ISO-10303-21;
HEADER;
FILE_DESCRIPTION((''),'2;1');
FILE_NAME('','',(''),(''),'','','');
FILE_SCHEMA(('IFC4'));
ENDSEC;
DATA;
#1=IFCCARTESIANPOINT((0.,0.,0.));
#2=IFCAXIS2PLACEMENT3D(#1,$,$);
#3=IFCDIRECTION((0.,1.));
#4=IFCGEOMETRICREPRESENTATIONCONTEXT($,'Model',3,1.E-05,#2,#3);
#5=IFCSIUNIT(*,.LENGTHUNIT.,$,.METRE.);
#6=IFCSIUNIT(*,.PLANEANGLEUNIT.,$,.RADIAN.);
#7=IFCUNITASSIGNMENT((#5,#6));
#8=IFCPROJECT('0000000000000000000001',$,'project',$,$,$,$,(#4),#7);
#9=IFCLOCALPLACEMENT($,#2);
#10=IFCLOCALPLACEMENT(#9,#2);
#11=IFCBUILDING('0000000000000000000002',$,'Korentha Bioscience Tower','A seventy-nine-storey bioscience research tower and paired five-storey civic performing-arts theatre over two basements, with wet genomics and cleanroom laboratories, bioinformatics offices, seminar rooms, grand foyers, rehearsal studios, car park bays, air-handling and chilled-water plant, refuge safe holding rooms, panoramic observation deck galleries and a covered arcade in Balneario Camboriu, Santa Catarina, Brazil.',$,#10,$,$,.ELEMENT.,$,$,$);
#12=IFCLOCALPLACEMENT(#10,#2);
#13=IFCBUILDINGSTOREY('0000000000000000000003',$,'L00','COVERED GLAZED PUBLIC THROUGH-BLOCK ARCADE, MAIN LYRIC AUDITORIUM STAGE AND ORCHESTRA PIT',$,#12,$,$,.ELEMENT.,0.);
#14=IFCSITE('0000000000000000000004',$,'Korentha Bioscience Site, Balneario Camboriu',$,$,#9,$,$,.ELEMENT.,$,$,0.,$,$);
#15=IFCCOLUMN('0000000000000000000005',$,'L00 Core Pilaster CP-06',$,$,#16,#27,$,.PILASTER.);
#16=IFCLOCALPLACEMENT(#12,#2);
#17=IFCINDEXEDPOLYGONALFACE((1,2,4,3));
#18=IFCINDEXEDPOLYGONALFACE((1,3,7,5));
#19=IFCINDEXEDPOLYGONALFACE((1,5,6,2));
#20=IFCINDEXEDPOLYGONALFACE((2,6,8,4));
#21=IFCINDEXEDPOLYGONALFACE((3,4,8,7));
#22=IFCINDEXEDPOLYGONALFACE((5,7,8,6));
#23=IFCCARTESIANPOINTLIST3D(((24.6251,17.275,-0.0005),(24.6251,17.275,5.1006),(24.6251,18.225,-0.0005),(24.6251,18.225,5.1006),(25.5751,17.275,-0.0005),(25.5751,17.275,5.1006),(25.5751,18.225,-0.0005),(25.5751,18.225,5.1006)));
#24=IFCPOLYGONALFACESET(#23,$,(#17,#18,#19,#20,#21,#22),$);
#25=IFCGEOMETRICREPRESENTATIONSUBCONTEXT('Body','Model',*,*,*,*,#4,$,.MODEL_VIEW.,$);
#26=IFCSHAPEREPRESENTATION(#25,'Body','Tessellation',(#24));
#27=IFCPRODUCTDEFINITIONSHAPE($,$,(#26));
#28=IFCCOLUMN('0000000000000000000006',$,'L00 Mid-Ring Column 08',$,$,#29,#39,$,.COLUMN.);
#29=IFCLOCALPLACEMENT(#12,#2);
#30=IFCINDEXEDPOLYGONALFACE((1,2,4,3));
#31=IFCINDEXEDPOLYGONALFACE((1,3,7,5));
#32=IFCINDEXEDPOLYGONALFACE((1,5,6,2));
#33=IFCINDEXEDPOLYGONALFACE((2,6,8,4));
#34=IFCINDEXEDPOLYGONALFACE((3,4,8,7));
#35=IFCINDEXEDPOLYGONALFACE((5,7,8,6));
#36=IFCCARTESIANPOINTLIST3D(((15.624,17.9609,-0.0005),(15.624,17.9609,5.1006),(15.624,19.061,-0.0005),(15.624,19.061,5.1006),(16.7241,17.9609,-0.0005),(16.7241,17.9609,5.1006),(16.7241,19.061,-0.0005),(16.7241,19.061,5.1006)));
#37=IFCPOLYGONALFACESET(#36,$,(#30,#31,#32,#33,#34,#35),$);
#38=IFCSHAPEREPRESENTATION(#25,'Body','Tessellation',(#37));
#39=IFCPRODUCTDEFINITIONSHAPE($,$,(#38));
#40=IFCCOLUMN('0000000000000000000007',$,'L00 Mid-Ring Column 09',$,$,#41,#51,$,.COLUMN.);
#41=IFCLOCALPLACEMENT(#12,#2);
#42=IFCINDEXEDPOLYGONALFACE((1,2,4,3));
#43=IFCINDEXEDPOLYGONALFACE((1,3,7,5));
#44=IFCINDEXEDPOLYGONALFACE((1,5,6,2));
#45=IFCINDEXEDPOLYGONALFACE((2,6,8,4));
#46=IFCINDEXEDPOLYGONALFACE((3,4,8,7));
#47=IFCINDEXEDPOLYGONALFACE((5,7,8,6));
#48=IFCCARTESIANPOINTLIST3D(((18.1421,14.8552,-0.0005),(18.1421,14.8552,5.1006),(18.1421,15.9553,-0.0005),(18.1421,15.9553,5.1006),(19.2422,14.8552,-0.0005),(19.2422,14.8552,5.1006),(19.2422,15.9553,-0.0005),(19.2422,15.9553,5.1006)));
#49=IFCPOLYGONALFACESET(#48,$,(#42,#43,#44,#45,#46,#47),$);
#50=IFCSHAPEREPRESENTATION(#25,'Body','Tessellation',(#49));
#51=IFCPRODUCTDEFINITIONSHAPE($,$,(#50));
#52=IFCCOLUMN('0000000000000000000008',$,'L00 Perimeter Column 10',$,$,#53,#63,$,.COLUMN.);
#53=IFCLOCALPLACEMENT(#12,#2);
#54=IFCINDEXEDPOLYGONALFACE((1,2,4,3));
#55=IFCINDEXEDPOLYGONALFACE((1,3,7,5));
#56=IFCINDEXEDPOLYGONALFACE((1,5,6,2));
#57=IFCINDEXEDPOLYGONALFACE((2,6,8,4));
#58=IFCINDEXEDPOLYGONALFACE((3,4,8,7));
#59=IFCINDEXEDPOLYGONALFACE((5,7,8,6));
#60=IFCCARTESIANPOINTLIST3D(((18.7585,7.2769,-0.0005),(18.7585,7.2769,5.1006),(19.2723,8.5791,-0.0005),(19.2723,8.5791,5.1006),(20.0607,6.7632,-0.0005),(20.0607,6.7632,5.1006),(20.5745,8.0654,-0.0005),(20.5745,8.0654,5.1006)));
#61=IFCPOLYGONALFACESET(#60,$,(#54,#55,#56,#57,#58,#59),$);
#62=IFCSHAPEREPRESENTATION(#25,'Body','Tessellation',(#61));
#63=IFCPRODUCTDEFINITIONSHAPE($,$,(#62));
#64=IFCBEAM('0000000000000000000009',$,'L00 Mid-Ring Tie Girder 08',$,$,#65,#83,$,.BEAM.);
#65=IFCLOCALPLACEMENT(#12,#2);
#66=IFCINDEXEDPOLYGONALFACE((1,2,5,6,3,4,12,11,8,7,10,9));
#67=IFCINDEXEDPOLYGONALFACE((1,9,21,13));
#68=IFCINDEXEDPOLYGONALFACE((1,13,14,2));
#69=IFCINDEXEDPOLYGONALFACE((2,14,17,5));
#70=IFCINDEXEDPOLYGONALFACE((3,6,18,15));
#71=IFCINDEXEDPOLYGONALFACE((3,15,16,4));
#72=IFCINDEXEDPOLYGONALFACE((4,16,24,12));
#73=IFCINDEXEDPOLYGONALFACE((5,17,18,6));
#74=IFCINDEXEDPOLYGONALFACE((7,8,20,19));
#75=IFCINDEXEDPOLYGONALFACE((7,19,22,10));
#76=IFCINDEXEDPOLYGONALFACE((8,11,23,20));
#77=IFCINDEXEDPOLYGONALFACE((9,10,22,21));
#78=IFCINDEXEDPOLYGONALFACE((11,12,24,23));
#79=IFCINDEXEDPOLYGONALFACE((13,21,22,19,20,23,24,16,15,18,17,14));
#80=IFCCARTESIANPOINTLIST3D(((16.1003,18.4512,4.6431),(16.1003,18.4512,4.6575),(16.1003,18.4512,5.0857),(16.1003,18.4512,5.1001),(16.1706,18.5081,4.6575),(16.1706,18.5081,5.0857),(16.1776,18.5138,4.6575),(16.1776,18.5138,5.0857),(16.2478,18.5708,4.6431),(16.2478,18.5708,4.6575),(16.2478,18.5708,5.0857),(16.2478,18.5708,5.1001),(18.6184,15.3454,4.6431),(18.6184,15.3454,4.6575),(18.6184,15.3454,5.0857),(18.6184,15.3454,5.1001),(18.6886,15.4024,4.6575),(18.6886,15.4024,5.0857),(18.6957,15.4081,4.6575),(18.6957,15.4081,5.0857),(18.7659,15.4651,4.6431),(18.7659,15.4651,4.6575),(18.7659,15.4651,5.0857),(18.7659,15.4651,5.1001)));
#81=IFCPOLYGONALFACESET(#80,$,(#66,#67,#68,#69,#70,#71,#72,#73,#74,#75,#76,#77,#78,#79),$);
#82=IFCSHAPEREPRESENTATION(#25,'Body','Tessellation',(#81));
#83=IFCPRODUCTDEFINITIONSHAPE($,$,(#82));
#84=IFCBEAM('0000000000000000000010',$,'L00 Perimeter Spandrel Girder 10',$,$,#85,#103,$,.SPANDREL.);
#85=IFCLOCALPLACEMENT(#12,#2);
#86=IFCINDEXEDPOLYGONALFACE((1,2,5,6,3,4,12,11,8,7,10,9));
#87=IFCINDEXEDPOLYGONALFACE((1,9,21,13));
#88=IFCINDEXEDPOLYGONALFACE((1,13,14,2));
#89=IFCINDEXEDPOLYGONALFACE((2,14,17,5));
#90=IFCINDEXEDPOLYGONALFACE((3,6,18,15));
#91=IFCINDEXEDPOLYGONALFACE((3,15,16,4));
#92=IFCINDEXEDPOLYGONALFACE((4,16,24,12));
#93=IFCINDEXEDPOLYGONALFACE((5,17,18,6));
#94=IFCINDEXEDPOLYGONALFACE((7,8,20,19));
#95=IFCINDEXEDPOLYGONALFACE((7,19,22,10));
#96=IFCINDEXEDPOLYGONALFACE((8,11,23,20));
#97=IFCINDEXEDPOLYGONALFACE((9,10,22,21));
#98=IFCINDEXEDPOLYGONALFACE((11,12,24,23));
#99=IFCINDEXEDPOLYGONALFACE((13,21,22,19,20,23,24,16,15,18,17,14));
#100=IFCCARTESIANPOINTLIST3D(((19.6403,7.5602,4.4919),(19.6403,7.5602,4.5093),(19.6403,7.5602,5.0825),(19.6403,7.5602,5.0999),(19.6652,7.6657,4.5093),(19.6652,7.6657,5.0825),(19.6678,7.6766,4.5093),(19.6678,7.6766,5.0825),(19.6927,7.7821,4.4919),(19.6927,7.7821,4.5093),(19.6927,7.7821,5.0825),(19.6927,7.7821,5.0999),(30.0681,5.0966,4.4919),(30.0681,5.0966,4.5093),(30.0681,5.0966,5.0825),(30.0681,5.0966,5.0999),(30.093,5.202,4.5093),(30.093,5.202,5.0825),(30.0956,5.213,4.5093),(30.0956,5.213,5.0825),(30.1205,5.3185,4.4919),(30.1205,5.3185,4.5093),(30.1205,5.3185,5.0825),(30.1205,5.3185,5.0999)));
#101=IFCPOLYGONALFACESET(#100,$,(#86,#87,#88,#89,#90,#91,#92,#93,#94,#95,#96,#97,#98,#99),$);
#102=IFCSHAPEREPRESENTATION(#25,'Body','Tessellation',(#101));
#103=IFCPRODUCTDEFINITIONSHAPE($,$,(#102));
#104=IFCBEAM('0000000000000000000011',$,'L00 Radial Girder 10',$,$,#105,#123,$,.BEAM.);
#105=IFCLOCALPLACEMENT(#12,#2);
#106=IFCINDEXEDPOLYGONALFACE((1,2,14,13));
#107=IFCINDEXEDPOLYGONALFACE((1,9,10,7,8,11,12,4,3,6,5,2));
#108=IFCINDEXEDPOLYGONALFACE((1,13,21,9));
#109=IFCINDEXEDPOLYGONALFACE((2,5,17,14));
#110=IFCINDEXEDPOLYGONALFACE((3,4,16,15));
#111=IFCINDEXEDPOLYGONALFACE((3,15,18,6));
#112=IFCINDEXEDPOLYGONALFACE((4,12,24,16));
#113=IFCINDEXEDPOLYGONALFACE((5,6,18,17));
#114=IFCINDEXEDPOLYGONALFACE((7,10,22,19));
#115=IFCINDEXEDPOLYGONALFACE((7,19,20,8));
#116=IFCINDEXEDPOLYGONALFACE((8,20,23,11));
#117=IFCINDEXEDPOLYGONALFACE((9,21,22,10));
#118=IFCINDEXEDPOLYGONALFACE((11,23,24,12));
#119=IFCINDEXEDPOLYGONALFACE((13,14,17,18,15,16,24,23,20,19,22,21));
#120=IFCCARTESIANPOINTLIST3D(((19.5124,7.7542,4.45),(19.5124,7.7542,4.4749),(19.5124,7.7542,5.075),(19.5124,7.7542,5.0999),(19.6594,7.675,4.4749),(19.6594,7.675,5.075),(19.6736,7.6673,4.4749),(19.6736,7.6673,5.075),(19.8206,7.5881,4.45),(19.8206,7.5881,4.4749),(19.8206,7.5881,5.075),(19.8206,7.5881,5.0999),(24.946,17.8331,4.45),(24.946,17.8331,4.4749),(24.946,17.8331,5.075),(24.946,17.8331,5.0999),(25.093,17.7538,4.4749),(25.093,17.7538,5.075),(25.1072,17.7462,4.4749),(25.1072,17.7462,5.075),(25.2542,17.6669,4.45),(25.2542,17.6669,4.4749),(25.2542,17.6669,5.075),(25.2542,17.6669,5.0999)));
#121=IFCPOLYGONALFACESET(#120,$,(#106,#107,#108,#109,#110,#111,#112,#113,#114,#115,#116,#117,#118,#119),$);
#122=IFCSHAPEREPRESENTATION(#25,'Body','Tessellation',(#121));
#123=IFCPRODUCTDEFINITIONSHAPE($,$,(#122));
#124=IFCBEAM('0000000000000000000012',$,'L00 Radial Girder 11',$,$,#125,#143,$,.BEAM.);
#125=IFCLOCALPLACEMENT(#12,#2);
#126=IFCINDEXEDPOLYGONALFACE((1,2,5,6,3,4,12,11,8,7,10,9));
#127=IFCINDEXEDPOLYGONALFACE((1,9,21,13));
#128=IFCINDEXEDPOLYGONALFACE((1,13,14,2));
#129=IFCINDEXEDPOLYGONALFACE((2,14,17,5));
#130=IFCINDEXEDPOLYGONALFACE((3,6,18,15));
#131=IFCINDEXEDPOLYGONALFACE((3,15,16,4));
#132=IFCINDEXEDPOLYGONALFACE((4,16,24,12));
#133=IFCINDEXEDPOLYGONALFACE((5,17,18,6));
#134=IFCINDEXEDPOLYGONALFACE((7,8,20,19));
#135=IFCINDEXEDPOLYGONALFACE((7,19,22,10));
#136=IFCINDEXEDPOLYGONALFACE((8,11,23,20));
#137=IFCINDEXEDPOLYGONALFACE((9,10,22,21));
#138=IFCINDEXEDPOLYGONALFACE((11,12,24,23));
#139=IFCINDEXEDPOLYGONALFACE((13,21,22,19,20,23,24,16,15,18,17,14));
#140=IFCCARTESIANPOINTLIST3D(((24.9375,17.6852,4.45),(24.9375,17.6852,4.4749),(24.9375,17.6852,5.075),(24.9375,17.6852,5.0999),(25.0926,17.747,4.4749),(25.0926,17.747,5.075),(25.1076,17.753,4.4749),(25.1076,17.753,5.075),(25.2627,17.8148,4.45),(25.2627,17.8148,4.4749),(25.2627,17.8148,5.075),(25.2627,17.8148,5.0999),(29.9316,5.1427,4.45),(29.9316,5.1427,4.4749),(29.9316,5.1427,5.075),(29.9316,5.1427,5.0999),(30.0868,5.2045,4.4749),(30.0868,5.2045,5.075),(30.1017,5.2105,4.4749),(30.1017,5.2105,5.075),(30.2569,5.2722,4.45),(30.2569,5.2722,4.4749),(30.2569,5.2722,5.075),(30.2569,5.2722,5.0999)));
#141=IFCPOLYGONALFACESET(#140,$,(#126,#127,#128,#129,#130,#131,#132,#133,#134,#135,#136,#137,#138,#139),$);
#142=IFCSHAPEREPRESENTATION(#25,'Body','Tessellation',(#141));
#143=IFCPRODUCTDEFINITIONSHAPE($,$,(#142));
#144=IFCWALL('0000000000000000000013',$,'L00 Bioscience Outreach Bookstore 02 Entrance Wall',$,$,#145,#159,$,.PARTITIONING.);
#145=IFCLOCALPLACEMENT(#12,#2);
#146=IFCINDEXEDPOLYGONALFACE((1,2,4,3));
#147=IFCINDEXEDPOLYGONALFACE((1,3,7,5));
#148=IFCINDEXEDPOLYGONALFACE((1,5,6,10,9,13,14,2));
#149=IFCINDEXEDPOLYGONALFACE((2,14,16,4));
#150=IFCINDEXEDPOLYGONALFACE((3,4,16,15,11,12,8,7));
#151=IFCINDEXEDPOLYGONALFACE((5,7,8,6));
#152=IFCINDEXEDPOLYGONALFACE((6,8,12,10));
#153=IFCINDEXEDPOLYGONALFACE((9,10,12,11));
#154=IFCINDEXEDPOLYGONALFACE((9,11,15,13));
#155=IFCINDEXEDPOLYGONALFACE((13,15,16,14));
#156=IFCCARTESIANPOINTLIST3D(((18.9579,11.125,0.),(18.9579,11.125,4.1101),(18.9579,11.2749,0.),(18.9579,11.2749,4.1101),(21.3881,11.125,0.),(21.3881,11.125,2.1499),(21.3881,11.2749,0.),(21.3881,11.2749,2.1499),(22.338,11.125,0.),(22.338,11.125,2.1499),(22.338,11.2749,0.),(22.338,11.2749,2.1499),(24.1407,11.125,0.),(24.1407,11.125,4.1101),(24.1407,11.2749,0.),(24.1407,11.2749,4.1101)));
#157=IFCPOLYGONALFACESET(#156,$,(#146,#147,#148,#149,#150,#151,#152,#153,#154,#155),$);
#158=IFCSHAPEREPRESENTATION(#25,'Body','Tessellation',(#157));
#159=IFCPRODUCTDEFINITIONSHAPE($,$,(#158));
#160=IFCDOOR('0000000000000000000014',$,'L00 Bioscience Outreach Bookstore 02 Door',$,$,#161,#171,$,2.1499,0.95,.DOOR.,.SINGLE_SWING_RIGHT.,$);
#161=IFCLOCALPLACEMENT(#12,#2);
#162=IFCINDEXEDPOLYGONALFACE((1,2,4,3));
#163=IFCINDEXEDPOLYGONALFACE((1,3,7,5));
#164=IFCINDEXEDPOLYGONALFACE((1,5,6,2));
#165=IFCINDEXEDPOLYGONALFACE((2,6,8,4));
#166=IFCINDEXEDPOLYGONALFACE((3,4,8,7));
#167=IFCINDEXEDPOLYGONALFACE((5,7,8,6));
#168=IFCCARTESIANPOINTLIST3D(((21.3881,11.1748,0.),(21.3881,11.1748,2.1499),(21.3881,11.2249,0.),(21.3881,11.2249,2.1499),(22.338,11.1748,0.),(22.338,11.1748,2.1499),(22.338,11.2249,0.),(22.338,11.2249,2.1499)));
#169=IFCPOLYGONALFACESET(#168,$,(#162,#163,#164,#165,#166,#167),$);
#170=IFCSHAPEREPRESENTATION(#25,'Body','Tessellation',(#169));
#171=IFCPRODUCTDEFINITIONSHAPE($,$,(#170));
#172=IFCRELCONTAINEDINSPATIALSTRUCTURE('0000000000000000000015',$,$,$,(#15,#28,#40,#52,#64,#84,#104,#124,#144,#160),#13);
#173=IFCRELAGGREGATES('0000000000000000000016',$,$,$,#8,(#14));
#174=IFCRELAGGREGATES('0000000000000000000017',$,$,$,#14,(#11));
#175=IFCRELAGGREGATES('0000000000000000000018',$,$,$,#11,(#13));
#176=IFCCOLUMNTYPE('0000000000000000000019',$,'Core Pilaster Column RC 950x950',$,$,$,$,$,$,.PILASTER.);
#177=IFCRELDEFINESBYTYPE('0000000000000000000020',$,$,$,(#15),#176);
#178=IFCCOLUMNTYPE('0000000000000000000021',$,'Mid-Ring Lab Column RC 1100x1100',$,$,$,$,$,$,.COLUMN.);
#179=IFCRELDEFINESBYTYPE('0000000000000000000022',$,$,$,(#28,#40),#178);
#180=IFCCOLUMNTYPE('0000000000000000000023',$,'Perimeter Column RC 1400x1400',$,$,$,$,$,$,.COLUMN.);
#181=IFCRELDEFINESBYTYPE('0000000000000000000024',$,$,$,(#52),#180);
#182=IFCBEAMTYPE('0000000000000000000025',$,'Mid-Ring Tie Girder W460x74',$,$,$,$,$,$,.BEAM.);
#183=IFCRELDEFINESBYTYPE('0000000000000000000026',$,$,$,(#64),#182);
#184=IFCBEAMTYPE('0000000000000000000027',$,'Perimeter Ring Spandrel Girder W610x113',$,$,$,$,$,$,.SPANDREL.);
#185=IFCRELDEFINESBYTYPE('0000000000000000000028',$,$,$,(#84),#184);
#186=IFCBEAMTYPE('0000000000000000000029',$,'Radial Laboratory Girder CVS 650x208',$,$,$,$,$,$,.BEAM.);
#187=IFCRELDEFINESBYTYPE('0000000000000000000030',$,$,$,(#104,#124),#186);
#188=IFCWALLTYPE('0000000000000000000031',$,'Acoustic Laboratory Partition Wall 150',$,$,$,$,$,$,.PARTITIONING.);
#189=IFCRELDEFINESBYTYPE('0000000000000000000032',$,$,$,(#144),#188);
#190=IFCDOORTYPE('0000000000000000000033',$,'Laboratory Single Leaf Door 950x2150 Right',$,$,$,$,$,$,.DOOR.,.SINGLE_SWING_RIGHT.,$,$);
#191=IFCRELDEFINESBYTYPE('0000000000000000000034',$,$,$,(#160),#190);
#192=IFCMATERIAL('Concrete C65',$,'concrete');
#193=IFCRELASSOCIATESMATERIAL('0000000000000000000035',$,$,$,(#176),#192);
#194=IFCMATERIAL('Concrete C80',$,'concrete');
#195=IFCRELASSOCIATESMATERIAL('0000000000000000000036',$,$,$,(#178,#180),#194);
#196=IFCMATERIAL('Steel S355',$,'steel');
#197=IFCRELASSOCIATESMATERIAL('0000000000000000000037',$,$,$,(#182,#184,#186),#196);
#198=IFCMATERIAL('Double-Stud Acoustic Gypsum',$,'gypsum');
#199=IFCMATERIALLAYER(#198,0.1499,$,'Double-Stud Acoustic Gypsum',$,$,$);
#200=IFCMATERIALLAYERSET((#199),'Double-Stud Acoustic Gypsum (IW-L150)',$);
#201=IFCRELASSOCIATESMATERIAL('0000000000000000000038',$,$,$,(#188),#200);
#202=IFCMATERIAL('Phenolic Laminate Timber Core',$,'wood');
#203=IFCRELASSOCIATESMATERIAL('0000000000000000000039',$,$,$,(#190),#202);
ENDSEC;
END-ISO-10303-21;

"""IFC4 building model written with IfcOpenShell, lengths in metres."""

from ifc_helpers import new_model, si_unit, direction, frame, frame_2d, origin, origin_2d, place, context, subcontext, project, spatial, rectangle, i_section, extrude, material, layer, layer_set, material_profile, profile_set, type_object, element, fill, save


model = new_model("IFC4")

# Units and contexts
model_context = context("Model", 3, precision=1e-05, world=origin(), true_north=direction((0.0, 1.0)))
body_context = subcontext(model_context, "Body", "Model", "MODEL_VIEW")
ifc_project = project(units=[si_unit("LENGTHUNIT", "METRE"), si_unit("PLANEANGLEUNIT", "RADIAN")], contexts=[model_context])

# Site, building, storey
site_placement = place(None, origin())
site = spatial("IfcSite", under=ifc_project, at=site_placement, Name="Korentha Bioscience Site, Balneario Camboriu", CompositionType="ELEMENT", RefElevation=0.0)
building_placement = place(site_placement, origin())
building = spatial("IfcBuilding", under=site, at=building_placement, Name="Korentha Bioscience Tower", Description="A seventy-nine-storey bioscience research tower and paired five-storey civic performing-arts theatre over two basements, with wet genomics and cleanroom laboratories, bioinformatics offices, seminar rooms, grand foyers, rehearsal studios, car park bays, air-handling and chilled-water plant, refuge safe holding rooms, panoramic observation deck galleries and a covered arcade in Balneario Camboriu, Santa Catarina, Brazil.", CompositionType="ELEMENT")
storey_placement = place(building_placement, origin())
storey = spatial("IfcBuildingStorey", under=building, at=storey_placement, Name="L00", Description="COVERED GLAZED PUBLIC THROUGH-BLOCK ARCADE, MAIN LYRIC AUDITORIUM STAGE AND ORCHESTRA PIT", CompositionType="ELEMENT", Elevation=0.0)

# Columns
ifc_material_1 = material(Name="Concrete C65", Category="concrete")
ifc_material_profile_1 = material_profile(ifc_material_1, rectangle(XDim=0.95, YDim=0.95, at=origin_2d()), Name="Concrete C65")
ifc_profile_set_1 = profile_set([ifc_material_profile_1], Name="Concrete C65 (COL-CP09)")
column_type_1 = type_object("IfcColumnType", Name="Core Pilaster Column RC 950x950", PredefinedType="PILASTER", material=ifc_profile_set_1)
column_1_placement = place(storey_placement, frame((25.1001, 17.75, -0.0005), z_axis=(0.0, 0.0, 1.0), x_axis=(1.0, 0.0, 0.0)))
element("IfcColumn", 1, at=column_1_placement, inside=storey, type_object=column_type_1, Name="L00 Core Pilaster CP-06", PredefinedType="PILASTER", context=body_context, shape_type="SweptSolid", body=[
    extrude(rectangle(XDim=0.95, YDim=0.95, at=origin_2d()), origin(), (0.0, 0.0, 1.0), 5.1011),
])
ifc_material_2 = material(Name="Concrete C80", Category="concrete")
ifc_material_profile_2 = material_profile(ifc_material_2, rectangle(XDim=1.1001, YDim=1.1001, at=origin_2d()), Name="Concrete C80")
ifc_profile_set_2 = profile_set([ifc_material_profile_2], Name="Concrete C80 (COL-MR11)")
column_type_2 = type_object("IfcColumnType", Name="Mid-Ring Lab Column RC 1100x1100", PredefinedType="COLUMN", material=ifc_profile_set_2)
for number, where, z_axis, x_axis, name in (
    (2, (16.1741, 18.511, -0.0005), (0.0, 0.0, 1.0), (1.0, 0.0, 0.0), "L00 Mid-Ring Column 08"),
    (3, (18.6921, 15.4053, -0.0005), (0.0, 0.0, 1.0), (1.0, 0.0, 0.0), "L00 Mid-Ring Column 09"),
):
    element("IfcColumn", number, at=place(storey_placement, frame(where, z_axis=z_axis, x_axis=x_axis)), inside=storey, type_object=column_type_2, Name=name, PredefinedType="COLUMN", context=body_context, shape_type="SweptSolid", body=[
        extrude(rectangle(XDim=1.1001, YDim=1.1001, at=origin_2d()), origin(), (0.0, 0.0, 1.0), 5.1011),
    ])
ifc_material_profile_3 = material_profile(ifc_material_2, rectangle(XDim=1.3999, YDim=1.3999, at=origin_2d()), Name="Concrete C80")
ifc_profile_set_3 = profile_set([ifc_material_profile_3], Name="Concrete C80 (COL-P14)")
column_type_3 = type_object("IfcColumnType", Name="Perimeter Column RC 1400x1400", PredefinedType="COLUMN", material=ifc_profile_set_3)
column_2_placement = place(storey_placement, frame((19.6665, 7.6711, -0.0005), z_axis=(0.0, 0.0, 1.0), x_axis=(-0.930226, 0.366988, 0.0)))
element("IfcColumn", 4, at=column_2_placement, inside=storey, type_object=column_type_3, Name="L00 Perimeter Column 10", PredefinedType="COLUMN", context=body_context, shape_type="SweptSolid", body=[
    extrude(rectangle(XDim=1.3999, YDim=1.3999, at=origin_2d()), origin(), (0.0, 0.0, 1.0), 5.1011),
])

# Beams
ifc_material_3 = material(Name="Steel S355", Category="steel")
ifc_material_profile_4 = material_profile(ifc_material_3, i_section(OverallWidth=0.1899, OverallDepth=0.457, WebThickness=0.009, FlangeThickness=0.0144, at=origin_2d()), Name="Steel S355")
ifc_profile_set_4 = profile_set([ifc_material_profile_4], Name="Steel S355 (MB-460)")
beam_type_1 = type_object("IfcBeamType", Name="Mid-Ring Tie Girder W460x74", PredefinedType="BEAM", material=ifc_profile_set_4)
beam_1_placement = place(storey_placement, frame((16.1741, 18.511, 4.8716), z_axis=(0.62979, -0.776765, 0.0), x_axis=(0.776765, 0.62979, 0.0)))
element("IfcBeam", 5, at=beam_1_placement, inside=storey, type_object=beam_type_1, Name="L00 Mid-Ring Tie Girder 08", PredefinedType="BEAM", context=body_context, shape_type="SweptSolid", body=[
    extrude(i_section(OverallWidth=0.1899, OverallDepth=0.457, WebThickness=0.009, FlangeThickness=0.0144, at=origin_2d()), origin(), (0.0, 0.0, 1.0), 3.9983),
])
ifc_material_profile_5 = material_profile(ifc_material_3, i_section(OverallWidth=0.228, OverallDepth=0.6079, WebThickness=0.0112, FlangeThickness=0.0173, at=origin_2d()), Name="Steel S355")
ifc_profile_set_5 = profile_set([ifc_material_profile_5], Name="Steel S355 (SB-610)")
beam_type_2 = type_object("IfcBeamType", Name="Perimeter Ring Spandrel Girder W610x113", PredefinedType="SPANDREL", material=ifc_profile_set_5)
beam_2_placement = place(storey_placement, frame((19.6665, 7.6711, 4.7959), z_axis=(0.973208, -0.229927, 0.0), x_axis=(0.229927, 0.973208, 0.0)))
element("IfcBeam", 6, at=beam_2_placement, inside=storey, type_object=beam_type_2, Name="L00 Perimeter Spandrel Girder 10", PredefinedType="SPANDREL", context=body_context, shape_type="SweptSolid", body=[
    extrude(i_section(OverallWidth=0.228, OverallDepth=0.6079, WebThickness=0.0112, FlangeThickness=0.0173, at=origin_2d()), origin(), (0.0, 0.0, 1.0), 10.7148),
])
ifc_material_profile_6 = material_profile(ifc_material_3, i_section(OverallWidth=0.3501, OverallDepth=0.6499, WebThickness=0.0161, FlangeThickness=0.0249, at=origin_2d()), Name="Steel S355")
ifc_profile_set_6 = profile_set([ifc_material_profile_6], Name="Steel S355 (RB-650)")
beam_type_3 = type_object("IfcBeamType", Name="Radial Laboratory Girder CVS 650x208", PredefinedType="BEAM", material=ifc_profile_set_6)
beam_3_placement = place(storey_placement, frame((25.1001, 17.75, 4.7749), z_axis=(-0.474541, -0.880233, 0.0), x_axis=(0.880233, -0.474541, 0.0)))
element("IfcBeam", 7, at=beam_3_placement, inside=storey, type_object=beam_type_3, Name="L00 Radial Girder 10", PredefinedType="BEAM", context=body_context, shape_type="SweptSolid", body=[
    extrude(i_section(OverallWidth=0.3501, OverallDepth=0.6499, WebThickness=0.0161, FlangeThickness=0.0249, at=origin_2d()), origin(), (0.0, 0.0, 1.0), 11.4502),
])
beam_4_placement = place(storey_placement, frame((25.1001, 17.75, 4.7749), z_axis=(0.369931, -0.929059, 0.0), x_axis=(0.929059, 0.369931, 0.0)))
element("IfcBeam", 8, at=beam_4_placement, inside=storey, type_object=beam_type_3, Name="L00 Radial Girder 11", PredefinedType="BEAM", context=body_context, shape_type="SweptSolid", body=[
    extrude(i_section(OverallWidth=0.3501, OverallDepth=0.6499, WebThickness=0.0161, FlangeThickness=0.0249, at=origin_2d()), origin(), (0.0, 0.0, 1.0), 13.5002),
])

# Wall, opening, door
ifc_material_4 = material(Name="Double-Stud Acoustic Gypsum", Category="gypsum")
ifc_layer_1 = layer(ifc_material_4, 0.1499, Name="Double-Stud Acoustic Gypsum")
ifc_layer_set_1 = layer_set([ifc_layer_1], Name="Double-Stud Acoustic Gypsum (IW-L150)")
wall_type_1 = type_object("IfcWallType", Name="Acoustic Laboratory Partition Wall 150", PredefinedType="PARTITIONING", material=ifc_layer_set_1)
wall_1_placement = place(storey_placement, frame((18.958, 11.2, 0.0), z_axis=(0.0, 0.0, 1.0), x_axis=(1.0, 0.0, 0.0)))
wall_1 = element("IfcWall", 9, at=wall_1_placement, inside=storey, type_object=wall_type_1, Name="L00 Bioscience Outreach Bookstore 02 Entrance Wall", PredefinedType="PARTITIONING", context=body_context, shape_type="SweptSolid", body=[
    extrude(rectangle(XDim=5.1829, YDim=0.1499, at=frame_2d((2.5913, 0.0))), origin(), (0.0, 0.0, 1.0), 4.1101),
])
opening_1_placement = place(wall_1_placement, frame((2.4299, 0.0, 0.0)))
opening_1 = element("IfcOpeningElement", 10, at=opening_1_placement, cuts=wall_1, PredefinedType="OPENING", context=body_context, shape_type="SweptSolid", body=[
    extrude(rectangle(XDim=0.95, YDim=2.1499, at=frame_2d((0.4751, 1.075))), frame((0.0, 0.0898, 0.0), z_axis=(0.0, -1.0, 0.0), x_axis=(1.0, 0.0, 0.0)), (0.0, 0.0, 1.0), 0.1797),
])
ifc_material_5 = material(Name="Phenolic Laminate Timber Core", Category="wood")
door_type_1 = type_object("IfcDoorType", Name="Laboratory Single Leaf Door 950x2150 Right", OperationType="SINGLE_SWING_RIGHT", PredefinedType="DOOR", material=ifc_material_5)
door_1_placement = place(opening_1_placement, origin())
door_1 = element("IfcDoor", 11, at=door_1_placement, inside=storey, type_object=door_type_1, Name="L00 Bioscience Outreach Bookstore 02 Door", OperationType="SINGLE_SWING_RIGHT", OverallHeight=2.1499, OverallWidth=0.95, PredefinedType="DOOR", context=body_context, shape_type="SweptSolid", body=[
    extrude(rectangle(XDim=0.95, YDim=2.1499, at=frame_2d((0.4751, 1.075))), frame((0.0, 0.0249, 0.0), z_axis=(0.0, -1.0, 0.0), x_axis=(1.0, 0.0, 0.0)), (0.0, 0.0, 1.0), 0.05),
])
fill(opening_1, door_1)

save(model, "model.ifc")
